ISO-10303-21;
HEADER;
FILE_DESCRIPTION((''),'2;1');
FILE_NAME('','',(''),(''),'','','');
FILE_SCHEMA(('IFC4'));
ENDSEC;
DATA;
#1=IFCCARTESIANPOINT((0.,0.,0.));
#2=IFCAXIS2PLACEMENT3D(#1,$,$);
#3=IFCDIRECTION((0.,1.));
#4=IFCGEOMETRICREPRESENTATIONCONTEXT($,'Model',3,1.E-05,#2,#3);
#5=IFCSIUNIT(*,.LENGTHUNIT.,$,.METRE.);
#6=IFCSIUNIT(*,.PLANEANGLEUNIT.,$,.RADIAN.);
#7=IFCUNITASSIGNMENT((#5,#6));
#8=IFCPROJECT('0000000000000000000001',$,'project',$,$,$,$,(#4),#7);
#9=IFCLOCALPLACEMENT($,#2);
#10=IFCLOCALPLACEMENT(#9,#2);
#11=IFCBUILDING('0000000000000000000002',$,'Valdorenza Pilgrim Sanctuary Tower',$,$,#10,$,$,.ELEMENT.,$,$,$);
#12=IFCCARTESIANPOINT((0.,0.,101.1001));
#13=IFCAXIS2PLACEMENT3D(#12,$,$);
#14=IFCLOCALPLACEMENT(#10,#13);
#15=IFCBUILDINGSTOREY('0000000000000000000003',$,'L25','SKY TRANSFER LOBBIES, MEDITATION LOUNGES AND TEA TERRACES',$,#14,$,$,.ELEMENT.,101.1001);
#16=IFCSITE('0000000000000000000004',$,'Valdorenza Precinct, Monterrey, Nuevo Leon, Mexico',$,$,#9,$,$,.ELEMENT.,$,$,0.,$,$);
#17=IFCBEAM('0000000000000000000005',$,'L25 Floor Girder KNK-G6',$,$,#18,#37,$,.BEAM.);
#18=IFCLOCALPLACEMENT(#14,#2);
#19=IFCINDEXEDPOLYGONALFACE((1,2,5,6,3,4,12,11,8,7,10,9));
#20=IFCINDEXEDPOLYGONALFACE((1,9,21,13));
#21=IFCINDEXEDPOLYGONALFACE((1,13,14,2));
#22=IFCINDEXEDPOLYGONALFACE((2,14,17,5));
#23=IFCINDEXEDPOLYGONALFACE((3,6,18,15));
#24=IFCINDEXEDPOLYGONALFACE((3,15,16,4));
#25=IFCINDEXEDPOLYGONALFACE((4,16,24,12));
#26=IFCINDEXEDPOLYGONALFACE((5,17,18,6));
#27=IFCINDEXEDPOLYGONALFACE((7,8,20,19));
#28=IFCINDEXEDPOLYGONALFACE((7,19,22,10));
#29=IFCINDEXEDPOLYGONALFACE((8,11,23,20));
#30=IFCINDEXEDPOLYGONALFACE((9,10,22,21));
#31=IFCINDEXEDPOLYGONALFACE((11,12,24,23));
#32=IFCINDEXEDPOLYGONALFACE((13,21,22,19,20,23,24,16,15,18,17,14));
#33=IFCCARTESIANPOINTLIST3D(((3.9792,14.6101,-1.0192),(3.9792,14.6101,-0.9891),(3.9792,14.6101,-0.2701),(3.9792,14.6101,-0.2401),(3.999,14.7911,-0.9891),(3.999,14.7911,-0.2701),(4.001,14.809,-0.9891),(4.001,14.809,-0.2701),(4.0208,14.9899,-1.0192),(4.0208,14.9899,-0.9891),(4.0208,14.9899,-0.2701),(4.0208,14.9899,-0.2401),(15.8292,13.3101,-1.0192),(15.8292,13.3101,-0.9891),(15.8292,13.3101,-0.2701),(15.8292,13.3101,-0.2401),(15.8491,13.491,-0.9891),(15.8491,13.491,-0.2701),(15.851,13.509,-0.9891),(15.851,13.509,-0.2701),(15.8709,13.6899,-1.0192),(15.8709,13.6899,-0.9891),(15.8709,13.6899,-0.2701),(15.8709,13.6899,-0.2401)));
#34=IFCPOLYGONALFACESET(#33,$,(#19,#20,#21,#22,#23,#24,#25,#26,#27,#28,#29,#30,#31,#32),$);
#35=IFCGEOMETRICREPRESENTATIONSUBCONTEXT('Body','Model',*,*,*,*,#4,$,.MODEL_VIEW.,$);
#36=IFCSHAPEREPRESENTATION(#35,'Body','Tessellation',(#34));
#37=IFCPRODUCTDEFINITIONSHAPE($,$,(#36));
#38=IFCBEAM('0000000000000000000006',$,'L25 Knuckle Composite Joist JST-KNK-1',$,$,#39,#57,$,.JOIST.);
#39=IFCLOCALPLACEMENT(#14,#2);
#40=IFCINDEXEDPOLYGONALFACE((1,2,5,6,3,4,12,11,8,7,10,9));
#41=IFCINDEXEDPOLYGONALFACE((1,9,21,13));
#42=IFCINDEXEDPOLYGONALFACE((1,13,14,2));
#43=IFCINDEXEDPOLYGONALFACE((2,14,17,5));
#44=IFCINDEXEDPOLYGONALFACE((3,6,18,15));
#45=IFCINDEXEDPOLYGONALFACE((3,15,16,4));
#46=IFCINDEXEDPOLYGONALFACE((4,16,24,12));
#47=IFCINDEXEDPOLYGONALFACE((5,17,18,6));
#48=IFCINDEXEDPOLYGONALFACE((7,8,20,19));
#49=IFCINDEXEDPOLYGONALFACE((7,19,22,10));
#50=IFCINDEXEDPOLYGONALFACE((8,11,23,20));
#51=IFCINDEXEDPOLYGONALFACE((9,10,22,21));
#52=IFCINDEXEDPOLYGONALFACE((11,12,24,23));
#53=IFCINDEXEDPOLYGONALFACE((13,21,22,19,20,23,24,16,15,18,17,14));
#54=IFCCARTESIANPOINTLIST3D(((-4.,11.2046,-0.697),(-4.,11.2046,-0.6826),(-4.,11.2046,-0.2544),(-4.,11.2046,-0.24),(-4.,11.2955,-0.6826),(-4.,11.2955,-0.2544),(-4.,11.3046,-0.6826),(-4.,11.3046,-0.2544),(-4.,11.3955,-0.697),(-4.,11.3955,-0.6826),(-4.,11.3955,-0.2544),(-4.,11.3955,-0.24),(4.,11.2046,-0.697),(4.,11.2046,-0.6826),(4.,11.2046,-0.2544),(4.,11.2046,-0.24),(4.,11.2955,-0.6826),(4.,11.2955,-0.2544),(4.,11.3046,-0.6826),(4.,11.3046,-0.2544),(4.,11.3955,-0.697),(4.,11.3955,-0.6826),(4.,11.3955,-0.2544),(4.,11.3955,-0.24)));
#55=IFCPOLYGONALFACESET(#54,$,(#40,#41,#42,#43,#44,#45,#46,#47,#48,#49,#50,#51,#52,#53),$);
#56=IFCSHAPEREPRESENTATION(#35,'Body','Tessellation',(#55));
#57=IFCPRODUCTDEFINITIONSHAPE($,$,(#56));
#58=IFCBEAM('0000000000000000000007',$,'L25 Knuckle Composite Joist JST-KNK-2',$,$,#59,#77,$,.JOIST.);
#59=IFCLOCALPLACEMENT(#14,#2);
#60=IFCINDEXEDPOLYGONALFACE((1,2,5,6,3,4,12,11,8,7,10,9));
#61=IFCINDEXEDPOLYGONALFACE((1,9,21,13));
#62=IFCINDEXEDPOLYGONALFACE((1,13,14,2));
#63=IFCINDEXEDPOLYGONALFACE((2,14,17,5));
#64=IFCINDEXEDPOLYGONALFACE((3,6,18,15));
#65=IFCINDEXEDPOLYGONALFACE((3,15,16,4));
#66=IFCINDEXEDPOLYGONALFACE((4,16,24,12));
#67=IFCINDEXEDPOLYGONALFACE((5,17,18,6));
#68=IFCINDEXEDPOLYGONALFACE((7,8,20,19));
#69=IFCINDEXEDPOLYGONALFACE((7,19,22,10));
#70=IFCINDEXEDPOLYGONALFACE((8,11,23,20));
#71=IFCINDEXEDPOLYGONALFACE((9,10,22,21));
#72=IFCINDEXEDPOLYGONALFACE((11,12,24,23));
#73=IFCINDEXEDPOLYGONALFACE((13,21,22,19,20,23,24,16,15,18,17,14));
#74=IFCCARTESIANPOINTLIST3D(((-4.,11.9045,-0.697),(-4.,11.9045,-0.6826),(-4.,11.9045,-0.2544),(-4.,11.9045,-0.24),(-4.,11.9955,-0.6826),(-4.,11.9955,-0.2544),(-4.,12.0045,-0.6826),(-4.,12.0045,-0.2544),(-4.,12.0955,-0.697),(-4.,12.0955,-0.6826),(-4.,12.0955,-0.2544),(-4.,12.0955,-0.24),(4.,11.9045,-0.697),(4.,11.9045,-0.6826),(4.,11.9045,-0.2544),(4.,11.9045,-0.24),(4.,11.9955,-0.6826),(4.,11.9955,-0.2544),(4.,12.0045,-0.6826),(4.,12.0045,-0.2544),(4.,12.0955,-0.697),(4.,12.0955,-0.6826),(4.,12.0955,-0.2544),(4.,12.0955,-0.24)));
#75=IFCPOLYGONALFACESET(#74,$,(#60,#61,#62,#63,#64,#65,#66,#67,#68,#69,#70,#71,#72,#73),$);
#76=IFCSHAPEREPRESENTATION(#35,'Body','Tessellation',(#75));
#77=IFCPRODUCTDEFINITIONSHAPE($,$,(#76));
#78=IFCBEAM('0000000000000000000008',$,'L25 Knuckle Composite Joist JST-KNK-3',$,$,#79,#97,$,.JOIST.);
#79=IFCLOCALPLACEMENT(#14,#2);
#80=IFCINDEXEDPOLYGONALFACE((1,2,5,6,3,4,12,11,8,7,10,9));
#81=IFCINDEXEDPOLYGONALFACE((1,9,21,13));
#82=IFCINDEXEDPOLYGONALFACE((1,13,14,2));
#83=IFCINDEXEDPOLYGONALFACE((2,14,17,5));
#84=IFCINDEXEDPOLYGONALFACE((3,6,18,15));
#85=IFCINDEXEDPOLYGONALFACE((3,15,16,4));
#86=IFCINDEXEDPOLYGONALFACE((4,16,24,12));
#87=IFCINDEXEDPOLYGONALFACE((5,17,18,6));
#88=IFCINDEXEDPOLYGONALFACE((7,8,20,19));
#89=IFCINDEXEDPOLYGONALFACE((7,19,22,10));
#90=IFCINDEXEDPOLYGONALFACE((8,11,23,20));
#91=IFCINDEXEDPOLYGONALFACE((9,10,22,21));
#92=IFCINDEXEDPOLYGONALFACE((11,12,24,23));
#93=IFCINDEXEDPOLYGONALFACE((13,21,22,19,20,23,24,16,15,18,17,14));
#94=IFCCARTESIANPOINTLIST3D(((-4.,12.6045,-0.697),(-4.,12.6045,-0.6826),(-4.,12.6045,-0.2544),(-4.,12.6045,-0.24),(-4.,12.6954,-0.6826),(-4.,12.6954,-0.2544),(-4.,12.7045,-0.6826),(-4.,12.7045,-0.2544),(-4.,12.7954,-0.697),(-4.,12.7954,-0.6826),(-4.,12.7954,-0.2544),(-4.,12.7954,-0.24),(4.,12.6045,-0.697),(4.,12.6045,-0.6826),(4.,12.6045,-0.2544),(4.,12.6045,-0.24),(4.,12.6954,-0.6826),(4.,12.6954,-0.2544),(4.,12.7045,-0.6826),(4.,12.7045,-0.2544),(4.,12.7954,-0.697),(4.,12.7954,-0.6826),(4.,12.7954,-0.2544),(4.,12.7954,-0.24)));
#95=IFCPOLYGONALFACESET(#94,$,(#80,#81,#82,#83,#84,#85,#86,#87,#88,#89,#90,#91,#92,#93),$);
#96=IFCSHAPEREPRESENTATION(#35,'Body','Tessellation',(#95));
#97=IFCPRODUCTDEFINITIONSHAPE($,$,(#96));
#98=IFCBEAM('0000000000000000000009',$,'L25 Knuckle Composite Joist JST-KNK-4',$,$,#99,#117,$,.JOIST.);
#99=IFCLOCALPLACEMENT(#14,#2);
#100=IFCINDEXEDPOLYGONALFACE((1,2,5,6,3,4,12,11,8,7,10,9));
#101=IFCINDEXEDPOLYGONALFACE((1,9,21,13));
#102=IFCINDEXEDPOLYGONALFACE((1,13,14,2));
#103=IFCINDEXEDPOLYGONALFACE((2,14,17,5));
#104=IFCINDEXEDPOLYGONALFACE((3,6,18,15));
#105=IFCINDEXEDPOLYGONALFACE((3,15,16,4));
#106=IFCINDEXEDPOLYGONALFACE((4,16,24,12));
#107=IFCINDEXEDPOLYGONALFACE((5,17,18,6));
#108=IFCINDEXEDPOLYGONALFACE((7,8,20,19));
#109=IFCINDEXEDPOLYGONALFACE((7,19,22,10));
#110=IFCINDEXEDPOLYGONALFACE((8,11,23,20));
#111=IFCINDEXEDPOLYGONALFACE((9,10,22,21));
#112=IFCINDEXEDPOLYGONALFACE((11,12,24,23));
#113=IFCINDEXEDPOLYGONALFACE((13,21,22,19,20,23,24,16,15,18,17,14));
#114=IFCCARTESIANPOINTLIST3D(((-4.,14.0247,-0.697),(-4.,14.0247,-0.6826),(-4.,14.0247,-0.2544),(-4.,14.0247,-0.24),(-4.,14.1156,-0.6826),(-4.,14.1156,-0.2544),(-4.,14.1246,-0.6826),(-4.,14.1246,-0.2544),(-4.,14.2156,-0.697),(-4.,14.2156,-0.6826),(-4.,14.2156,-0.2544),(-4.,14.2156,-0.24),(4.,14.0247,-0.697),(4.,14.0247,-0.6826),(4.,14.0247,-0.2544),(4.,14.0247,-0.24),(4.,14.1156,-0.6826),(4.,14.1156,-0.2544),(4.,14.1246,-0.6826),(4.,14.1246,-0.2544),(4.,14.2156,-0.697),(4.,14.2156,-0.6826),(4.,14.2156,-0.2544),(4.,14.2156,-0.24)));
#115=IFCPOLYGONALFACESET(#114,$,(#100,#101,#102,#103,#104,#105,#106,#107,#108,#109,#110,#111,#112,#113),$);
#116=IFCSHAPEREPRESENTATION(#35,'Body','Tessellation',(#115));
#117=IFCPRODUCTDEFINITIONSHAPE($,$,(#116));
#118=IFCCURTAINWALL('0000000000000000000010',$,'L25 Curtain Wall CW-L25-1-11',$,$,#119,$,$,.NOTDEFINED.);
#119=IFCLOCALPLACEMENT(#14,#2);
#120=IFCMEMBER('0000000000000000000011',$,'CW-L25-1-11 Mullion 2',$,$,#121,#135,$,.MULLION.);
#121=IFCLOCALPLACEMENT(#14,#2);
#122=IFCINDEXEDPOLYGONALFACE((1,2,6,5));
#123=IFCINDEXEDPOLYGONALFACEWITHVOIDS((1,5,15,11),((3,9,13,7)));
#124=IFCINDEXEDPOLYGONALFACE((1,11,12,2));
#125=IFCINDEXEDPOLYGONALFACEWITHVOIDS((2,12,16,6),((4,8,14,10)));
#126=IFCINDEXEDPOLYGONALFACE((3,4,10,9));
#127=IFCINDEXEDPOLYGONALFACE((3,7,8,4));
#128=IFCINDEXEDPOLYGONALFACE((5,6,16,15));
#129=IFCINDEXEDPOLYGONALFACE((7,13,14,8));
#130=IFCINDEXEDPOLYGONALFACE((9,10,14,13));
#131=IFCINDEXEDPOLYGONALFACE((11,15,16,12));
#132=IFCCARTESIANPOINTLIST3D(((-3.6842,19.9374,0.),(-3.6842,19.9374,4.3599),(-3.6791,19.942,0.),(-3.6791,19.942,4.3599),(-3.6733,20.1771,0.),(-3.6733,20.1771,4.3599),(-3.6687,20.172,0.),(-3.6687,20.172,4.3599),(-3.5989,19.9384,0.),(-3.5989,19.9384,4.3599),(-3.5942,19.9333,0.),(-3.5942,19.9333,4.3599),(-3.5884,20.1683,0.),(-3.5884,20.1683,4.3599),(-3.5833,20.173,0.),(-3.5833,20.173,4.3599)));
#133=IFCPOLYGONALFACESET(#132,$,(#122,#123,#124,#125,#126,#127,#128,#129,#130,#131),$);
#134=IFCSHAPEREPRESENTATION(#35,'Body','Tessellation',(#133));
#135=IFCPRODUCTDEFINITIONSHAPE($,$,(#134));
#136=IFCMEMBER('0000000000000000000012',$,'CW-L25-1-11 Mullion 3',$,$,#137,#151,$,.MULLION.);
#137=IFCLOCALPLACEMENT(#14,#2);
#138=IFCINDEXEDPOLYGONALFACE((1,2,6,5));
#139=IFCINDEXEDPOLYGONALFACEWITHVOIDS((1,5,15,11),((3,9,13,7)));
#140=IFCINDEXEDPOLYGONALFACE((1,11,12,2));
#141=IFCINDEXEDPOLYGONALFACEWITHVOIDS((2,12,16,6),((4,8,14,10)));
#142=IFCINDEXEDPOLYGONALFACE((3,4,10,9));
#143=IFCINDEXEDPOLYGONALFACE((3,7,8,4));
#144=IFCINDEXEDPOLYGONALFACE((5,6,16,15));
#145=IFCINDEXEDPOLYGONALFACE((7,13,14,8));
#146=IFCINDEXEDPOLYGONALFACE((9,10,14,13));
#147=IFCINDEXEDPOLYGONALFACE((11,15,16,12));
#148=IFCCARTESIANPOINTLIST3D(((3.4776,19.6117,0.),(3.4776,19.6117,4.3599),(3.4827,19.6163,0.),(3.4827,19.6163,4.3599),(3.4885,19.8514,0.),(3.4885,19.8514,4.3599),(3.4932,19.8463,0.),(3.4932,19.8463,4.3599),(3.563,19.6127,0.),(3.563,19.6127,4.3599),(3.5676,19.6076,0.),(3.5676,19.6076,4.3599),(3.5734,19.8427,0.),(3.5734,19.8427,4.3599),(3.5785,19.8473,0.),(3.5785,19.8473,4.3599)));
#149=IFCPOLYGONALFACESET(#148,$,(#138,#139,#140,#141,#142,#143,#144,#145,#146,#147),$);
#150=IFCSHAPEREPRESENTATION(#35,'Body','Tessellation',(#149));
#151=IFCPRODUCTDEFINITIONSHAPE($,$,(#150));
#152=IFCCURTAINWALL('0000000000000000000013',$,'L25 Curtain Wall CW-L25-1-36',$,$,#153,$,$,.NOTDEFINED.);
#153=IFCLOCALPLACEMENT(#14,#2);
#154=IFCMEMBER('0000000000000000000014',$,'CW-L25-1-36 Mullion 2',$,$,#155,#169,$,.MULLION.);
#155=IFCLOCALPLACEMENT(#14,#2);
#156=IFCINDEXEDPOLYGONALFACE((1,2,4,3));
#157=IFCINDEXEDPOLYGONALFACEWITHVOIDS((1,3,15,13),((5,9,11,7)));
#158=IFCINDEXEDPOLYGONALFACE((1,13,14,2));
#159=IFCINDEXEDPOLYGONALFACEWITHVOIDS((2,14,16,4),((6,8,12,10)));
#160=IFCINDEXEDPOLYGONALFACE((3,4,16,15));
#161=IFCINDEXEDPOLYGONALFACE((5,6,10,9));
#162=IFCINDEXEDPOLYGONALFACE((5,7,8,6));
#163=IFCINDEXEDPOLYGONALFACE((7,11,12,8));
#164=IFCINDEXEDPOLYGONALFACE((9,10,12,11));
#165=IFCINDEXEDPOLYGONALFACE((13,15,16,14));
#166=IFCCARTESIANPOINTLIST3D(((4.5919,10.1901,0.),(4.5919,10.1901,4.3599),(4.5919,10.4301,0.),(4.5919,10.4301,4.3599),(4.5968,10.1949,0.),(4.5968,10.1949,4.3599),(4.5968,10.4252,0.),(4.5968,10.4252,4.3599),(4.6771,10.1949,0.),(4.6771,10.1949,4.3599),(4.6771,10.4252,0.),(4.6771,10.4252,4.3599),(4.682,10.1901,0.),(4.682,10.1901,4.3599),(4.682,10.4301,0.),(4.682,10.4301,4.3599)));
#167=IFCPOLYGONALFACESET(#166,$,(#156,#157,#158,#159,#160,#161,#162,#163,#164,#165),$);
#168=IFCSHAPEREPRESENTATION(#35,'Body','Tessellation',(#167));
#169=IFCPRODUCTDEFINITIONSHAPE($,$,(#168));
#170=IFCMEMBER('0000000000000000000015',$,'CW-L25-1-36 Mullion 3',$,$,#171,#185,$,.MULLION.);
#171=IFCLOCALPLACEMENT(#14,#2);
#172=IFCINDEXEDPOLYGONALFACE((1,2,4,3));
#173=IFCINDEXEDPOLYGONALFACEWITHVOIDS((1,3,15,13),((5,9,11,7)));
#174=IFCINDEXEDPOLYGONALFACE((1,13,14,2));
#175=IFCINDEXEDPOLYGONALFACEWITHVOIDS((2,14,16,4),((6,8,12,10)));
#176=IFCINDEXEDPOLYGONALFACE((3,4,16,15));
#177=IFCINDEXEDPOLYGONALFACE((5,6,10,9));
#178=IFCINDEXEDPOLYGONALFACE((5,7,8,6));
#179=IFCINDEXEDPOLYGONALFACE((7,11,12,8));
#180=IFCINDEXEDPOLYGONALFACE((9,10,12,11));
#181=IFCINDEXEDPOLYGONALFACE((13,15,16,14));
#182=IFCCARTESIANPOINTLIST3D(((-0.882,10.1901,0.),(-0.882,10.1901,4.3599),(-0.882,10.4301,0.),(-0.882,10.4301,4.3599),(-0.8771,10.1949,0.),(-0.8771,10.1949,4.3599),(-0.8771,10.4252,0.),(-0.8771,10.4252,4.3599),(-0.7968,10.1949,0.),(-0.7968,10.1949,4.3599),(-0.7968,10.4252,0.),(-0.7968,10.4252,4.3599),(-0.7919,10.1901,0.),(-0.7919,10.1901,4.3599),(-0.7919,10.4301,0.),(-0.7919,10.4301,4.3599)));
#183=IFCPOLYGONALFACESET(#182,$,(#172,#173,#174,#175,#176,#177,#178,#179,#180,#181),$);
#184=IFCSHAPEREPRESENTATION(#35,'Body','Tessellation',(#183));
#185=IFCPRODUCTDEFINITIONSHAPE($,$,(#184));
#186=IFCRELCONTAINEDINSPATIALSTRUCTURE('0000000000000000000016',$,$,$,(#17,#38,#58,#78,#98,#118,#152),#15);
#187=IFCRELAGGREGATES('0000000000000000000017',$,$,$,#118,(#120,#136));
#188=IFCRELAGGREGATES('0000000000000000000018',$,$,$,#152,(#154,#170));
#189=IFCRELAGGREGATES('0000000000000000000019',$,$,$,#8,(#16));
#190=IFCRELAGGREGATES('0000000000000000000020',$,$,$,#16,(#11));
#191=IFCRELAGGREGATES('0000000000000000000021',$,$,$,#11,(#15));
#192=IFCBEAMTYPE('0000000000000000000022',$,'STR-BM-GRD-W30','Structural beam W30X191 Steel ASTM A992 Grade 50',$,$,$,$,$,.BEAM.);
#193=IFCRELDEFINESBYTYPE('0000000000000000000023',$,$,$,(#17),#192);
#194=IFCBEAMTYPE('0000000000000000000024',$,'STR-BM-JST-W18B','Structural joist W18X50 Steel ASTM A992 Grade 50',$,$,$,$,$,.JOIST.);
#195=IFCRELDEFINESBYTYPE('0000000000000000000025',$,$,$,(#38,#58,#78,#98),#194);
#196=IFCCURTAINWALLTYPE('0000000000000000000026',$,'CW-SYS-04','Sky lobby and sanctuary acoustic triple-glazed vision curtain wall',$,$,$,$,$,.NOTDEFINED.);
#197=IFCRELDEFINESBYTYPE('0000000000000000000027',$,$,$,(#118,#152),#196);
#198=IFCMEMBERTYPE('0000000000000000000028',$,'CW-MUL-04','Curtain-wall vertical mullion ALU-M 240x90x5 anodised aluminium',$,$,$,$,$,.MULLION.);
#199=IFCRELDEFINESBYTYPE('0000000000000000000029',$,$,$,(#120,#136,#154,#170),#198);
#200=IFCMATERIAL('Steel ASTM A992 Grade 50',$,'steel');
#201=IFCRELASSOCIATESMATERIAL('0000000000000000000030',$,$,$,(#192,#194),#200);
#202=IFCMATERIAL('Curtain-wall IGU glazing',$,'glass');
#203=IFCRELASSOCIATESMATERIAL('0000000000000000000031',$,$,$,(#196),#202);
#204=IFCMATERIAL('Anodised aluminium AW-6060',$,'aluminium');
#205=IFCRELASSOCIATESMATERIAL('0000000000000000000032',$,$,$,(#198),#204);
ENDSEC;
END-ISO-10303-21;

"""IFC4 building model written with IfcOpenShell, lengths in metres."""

from ifc_helpers import new_model, si_unit, direction, frame, origin, origin_2d, place, context, subcontext, project, spatial, hollow_rectangle, i_section, extrude, source, transform, mapped, material, material_profile, profile_set, type_object, element, aggregate, save


model = new_model("IFC4")

# Units and contexts
model_context = context("Model", 3, precision=1e-05, world=origin(), true_north=direction((0.0, 1.0)))
body_context = subcontext(model_context, "Body", "Model", "MODEL_VIEW")
ifc_project = project(units=[si_unit("LENGTHUNIT", "METRE"), si_unit("PLANEANGLEUNIT", "RADIAN")], contexts=[model_context])

# Site, building, storey
site_placement = place(None, origin())
site = spatial("IfcSite", under=ifc_project, at=site_placement, Name="Valdorenza Precinct, Monterrey, Nuevo Leon, Mexico", CompositionType="ELEMENT", RefElevation=0.0)
building_placement = place(site_placement, origin())
building = spatial("IfcBuilding", under=site, at=building_placement, Name="Valdorenza Pilgrim Sanctuary Tower", CompositionType="ELEMENT")
storey_placement = place(building_placement, frame((0.0, 0.0, 101.1001)))
storey = spatial("IfcBuildingStorey", under=building, at=storey_placement, Name="L25", Description="SKY TRANSFER LOBBIES, MEDITATION LOUNGES AND TEA TERRACES", CompositionType="ELEMENT", Elevation=101.1001)

# Shared definitions
ifc_material_1 = material(Name="Steel ASTM A992 Grade 50", Category="steel")

# Beams
ifc_material_profile_1 = material_profile(ifc_material_1, i_section(OverallWidth=0.3821, OverallDepth=0.7791, WebThickness=0.0181, FlangeThickness=0.03, at=origin_2d()), Name="W30X191")
ifc_profile_set_1 = profile_set([ifc_material_profile_1], Name="Steel ASTM A992 Grade 50")
beam_type_1 = type_object("IfcBeamType", Name="STR-BM-GRD-W30", Description="Structural beam W30X191 Steel ASTM A992 Grade 50", PredefinedType="BEAM", material=ifc_profile_set_1)
shared_shape_1 = source(origin(), body_context, "Body", "SweptSolid", [
    extrude(i_section(OverallWidth=0.3821, OverallDepth=0.7791, WebThickness=0.0181, FlangeThickness=0.03, at=origin_2d()), origin(), (0.0, 0.0, 1.0), 11.9211),
])
beam_1_placement = place(storey_placement, frame((4.0, 14.8, -0.6296), z_axis=(0.994036, -0.109054, 0.0), x_axis=(0.109054, 0.994036, 0.0)))
element("IfcBeam", 1, at=beam_1_placement, inside=storey, type_object=beam_type_1, Name="L25 Floor Girder KNK-G6", PredefinedType="BEAM", context=body_context, shape_type="MappedRepresentation", body=[
    mapped(shared_shape_1, transform((0.0, 0.0, 0.0), x_axis=(1.0, 0.0, 0.0), y_axis=(0.0, 1.0, 0.0), z_axis=(0.0, 0.0, 1.0), scale=1.0)),
])
ifc_material_profile_2 = material_profile(ifc_material_1, i_section(OverallWidth=0.1909, OverallDepth=0.457, WebThickness=0.009, FlangeThickness=0.0144, at=origin_2d()), Name="W18X50")
ifc_profile_set_2 = profile_set([ifc_material_profile_2], Name="Steel ASTM A992 Grade 50")
beam_type_2 = type_object("IfcBeamType", Name="STR-BM-JST-W18B", Description="Structural joist W18X50 Steel ASTM A992 Grade 50", PredefinedType="JOIST", material=ifc_profile_set_2)
shared_shape_2 = source(origin(), body_context, "Body", "SweptSolid", [
    extrude(i_section(OverallWidth=0.1909, OverallDepth=0.457, WebThickness=0.009, FlangeThickness=0.0144, at=origin_2d()), origin(), (0.0, 0.0, 1.0), 8.0),
])
for number, where, z_axis, x_axis, name in (
    (2, (-4.0, 11.3, -0.4685), (1.0, 0.0, 0.0), (0.0, 1.0, 0.0), "L25 Knuckle Composite Joist JST-KNK-1"),
    (3, (-4.0, 12.0, -0.4685), (1.0, 0.0, 0.0), (0.0, 1.0, 0.0), "L25 Knuckle Composite Joist JST-KNK-2"),
    (4, (-4.0, 12.7, -0.4685), (1.0, 0.0, 0.0), (0.0, 1.0, 0.0), "L25 Knuckle Composite Joist JST-KNK-3"),
    (5, (-4.0, 14.1201, -0.4685), (1.0, 0.0, 0.0), (0.0, 1.0, 0.0), "L25 Knuckle Composite Joist JST-KNK-4"),
):
    element("IfcBeam", number, at=place(storey_placement, frame(where, z_axis=z_axis, x_axis=x_axis)), inside=storey, type_object=beam_type_2, Name=name, PredefinedType="JOIST", context=body_context, shape_type="MappedRepresentation", body=[
        mapped(shared_shape_2, transform((0.0, 0.0, 0.0), x_axis=(1.0, 0.0, 0.0), y_axis=(0.0, 1.0, 0.0), z_axis=(0.0, 0.0, 1.0), scale=1.0)),
    ])

# Curtain wall, members
ifc_material_2 = material(Name="Curtain-wall IGU glazing", Category="glass")
curtain_wall_type = type_object("IfcCurtainWallType", Name="CW-SYS-04", Description="Sky lobby and sanctuary acoustic triple-glazed vision curtain wall", PredefinedType="NOTDEFINED", material=ifc_material_2)
curtain_wall_1_placement = place(storey_placement, origin())
curtain_wall_1 = element("IfcCurtainWall", 6, at=curtain_wall_1_placement, inside=storey, type_object=curtain_wall_type, Name="L25 Curtain Wall CW-L25-1-11", PredefinedType="NOTDEFINED")
ifc_material_3 = material(Name="Anodised aluminium AW-6060", Category="aluminium")
ifc_material_profile_3 = material_profile(ifc_material_3, hollow_rectangle(XDim=0.0901, YDim=0.24, WallThickness=0.0049, at=origin_2d()), Name="ALU-M 240x90x5")
ifc_profile_set_3 = profile_set([ifc_material_profile_3], Name="Anodised aluminium AW-6060")
member_type = type_object("IfcMemberType", Name="CW-MUL-04", Description="Curtain-wall vertical mullion ALU-M 240x90x5 anodised aluminium", PredefinedType="MULLION", material=ifc_profile_set_3)
shared_shape_3 = source(origin(), body_context, "Body", "SweptSolid", [
    extrude(hollow_rectangle(XDim=0.0901, YDim=0.24, WallThickness=0.0049, at=origin_2d()), origin(), (0.0, 0.0, 1.0), 4.3599),
])
member_1_placement = place(storey_placement, frame((-3.6338, 20.0552, 0.0), z_axis=(0.0, 0.0, 1.0), x_axis=(0.998968, -0.045415, 0.0)))
member_1 = element("IfcMember", 7, at=member_1_placement, type_object=member_type, Name="CW-L25-1-11 Mullion 2", PredefinedType="MULLION", context=body_context, shape_type="MappedRepresentation", body=[
    mapped(shared_shape_3, transform((0.0, 0.0, 0.0), x_axis=(1.0, 0.0, 0.0), y_axis=(0.0, 1.0, 0.0), z_axis=(0.0, 0.0, 1.0), scale=1.0)),
])
member_2_placement = place(storey_placement, frame((3.5281, 19.7295, 0.0), z_axis=(0.0, 0.0, 1.0), x_axis=(0.998968, -0.045415, 0.0)))
member_2 = element("IfcMember", 8, at=member_2_placement, type_object=member_type, Name="CW-L25-1-11 Mullion 3", PredefinedType="MULLION", context=body_context, shape_type="MappedRepresentation", body=[
    mapped(shared_shape_3, transform((0.0, 0.0, 0.0), x_axis=(1.0, 0.0, 0.0), y_axis=(0.0, 1.0, 0.0), z_axis=(0.0, 0.0, 1.0), scale=1.0)),
])

# Curtain wall, members
curtain_wall_2_placement = place(storey_placement, origin())
curtain_wall_2 = element("IfcCurtainWall", 9, at=curtain_wall_2_placement, inside=storey, type_object=curtain_wall_type, Name="L25 Curtain Wall CW-L25-1-36", PredefinedType="NOTDEFINED")
member_3_placement = place(storey_placement, frame((4.637, 10.3101, 0.0), z_axis=(0.0, 0.0, 1.0), x_axis=(-1.0, 0.0, 0.0)))
member_3 = element("IfcMember", 10, at=member_3_placement, type_object=member_type, Name="CW-L25-1-36 Mullion 2", PredefinedType="MULLION", context=body_context, shape_type="MappedRepresentation", body=[
    mapped(shared_shape_3, transform((0.0, 0.0, 0.0), x_axis=(1.0, 0.0, 0.0), y_axis=(0.0, 1.0, 0.0), z_axis=(0.0, 0.0, 1.0), scale=1.0)),
])
member_4_placement = place(storey_placement, frame((-0.8369, 10.3101, 0.0), z_axis=(0.0, 0.0, 1.0), x_axis=(-1.0, 0.0, 0.0)))
member_4 = element("IfcMember", 11, at=member_4_placement, type_object=member_type, Name="CW-L25-1-36 Mullion 3", PredefinedType="MULLION", context=body_context, shape_type="MappedRepresentation", body=[
    mapped(shared_shape_3, transform((0.0, 0.0, 0.0), x_axis=(1.0, 0.0, 0.0), y_axis=(0.0, 1.0, 0.0), z_axis=(0.0, 0.0, 1.0), scale=1.0)),
])

aggregate(curtain_wall_1, [member_1, member_2])
aggregate(curtain_wall_2, [member_3, member_4])

save(model, "model.ifc")
